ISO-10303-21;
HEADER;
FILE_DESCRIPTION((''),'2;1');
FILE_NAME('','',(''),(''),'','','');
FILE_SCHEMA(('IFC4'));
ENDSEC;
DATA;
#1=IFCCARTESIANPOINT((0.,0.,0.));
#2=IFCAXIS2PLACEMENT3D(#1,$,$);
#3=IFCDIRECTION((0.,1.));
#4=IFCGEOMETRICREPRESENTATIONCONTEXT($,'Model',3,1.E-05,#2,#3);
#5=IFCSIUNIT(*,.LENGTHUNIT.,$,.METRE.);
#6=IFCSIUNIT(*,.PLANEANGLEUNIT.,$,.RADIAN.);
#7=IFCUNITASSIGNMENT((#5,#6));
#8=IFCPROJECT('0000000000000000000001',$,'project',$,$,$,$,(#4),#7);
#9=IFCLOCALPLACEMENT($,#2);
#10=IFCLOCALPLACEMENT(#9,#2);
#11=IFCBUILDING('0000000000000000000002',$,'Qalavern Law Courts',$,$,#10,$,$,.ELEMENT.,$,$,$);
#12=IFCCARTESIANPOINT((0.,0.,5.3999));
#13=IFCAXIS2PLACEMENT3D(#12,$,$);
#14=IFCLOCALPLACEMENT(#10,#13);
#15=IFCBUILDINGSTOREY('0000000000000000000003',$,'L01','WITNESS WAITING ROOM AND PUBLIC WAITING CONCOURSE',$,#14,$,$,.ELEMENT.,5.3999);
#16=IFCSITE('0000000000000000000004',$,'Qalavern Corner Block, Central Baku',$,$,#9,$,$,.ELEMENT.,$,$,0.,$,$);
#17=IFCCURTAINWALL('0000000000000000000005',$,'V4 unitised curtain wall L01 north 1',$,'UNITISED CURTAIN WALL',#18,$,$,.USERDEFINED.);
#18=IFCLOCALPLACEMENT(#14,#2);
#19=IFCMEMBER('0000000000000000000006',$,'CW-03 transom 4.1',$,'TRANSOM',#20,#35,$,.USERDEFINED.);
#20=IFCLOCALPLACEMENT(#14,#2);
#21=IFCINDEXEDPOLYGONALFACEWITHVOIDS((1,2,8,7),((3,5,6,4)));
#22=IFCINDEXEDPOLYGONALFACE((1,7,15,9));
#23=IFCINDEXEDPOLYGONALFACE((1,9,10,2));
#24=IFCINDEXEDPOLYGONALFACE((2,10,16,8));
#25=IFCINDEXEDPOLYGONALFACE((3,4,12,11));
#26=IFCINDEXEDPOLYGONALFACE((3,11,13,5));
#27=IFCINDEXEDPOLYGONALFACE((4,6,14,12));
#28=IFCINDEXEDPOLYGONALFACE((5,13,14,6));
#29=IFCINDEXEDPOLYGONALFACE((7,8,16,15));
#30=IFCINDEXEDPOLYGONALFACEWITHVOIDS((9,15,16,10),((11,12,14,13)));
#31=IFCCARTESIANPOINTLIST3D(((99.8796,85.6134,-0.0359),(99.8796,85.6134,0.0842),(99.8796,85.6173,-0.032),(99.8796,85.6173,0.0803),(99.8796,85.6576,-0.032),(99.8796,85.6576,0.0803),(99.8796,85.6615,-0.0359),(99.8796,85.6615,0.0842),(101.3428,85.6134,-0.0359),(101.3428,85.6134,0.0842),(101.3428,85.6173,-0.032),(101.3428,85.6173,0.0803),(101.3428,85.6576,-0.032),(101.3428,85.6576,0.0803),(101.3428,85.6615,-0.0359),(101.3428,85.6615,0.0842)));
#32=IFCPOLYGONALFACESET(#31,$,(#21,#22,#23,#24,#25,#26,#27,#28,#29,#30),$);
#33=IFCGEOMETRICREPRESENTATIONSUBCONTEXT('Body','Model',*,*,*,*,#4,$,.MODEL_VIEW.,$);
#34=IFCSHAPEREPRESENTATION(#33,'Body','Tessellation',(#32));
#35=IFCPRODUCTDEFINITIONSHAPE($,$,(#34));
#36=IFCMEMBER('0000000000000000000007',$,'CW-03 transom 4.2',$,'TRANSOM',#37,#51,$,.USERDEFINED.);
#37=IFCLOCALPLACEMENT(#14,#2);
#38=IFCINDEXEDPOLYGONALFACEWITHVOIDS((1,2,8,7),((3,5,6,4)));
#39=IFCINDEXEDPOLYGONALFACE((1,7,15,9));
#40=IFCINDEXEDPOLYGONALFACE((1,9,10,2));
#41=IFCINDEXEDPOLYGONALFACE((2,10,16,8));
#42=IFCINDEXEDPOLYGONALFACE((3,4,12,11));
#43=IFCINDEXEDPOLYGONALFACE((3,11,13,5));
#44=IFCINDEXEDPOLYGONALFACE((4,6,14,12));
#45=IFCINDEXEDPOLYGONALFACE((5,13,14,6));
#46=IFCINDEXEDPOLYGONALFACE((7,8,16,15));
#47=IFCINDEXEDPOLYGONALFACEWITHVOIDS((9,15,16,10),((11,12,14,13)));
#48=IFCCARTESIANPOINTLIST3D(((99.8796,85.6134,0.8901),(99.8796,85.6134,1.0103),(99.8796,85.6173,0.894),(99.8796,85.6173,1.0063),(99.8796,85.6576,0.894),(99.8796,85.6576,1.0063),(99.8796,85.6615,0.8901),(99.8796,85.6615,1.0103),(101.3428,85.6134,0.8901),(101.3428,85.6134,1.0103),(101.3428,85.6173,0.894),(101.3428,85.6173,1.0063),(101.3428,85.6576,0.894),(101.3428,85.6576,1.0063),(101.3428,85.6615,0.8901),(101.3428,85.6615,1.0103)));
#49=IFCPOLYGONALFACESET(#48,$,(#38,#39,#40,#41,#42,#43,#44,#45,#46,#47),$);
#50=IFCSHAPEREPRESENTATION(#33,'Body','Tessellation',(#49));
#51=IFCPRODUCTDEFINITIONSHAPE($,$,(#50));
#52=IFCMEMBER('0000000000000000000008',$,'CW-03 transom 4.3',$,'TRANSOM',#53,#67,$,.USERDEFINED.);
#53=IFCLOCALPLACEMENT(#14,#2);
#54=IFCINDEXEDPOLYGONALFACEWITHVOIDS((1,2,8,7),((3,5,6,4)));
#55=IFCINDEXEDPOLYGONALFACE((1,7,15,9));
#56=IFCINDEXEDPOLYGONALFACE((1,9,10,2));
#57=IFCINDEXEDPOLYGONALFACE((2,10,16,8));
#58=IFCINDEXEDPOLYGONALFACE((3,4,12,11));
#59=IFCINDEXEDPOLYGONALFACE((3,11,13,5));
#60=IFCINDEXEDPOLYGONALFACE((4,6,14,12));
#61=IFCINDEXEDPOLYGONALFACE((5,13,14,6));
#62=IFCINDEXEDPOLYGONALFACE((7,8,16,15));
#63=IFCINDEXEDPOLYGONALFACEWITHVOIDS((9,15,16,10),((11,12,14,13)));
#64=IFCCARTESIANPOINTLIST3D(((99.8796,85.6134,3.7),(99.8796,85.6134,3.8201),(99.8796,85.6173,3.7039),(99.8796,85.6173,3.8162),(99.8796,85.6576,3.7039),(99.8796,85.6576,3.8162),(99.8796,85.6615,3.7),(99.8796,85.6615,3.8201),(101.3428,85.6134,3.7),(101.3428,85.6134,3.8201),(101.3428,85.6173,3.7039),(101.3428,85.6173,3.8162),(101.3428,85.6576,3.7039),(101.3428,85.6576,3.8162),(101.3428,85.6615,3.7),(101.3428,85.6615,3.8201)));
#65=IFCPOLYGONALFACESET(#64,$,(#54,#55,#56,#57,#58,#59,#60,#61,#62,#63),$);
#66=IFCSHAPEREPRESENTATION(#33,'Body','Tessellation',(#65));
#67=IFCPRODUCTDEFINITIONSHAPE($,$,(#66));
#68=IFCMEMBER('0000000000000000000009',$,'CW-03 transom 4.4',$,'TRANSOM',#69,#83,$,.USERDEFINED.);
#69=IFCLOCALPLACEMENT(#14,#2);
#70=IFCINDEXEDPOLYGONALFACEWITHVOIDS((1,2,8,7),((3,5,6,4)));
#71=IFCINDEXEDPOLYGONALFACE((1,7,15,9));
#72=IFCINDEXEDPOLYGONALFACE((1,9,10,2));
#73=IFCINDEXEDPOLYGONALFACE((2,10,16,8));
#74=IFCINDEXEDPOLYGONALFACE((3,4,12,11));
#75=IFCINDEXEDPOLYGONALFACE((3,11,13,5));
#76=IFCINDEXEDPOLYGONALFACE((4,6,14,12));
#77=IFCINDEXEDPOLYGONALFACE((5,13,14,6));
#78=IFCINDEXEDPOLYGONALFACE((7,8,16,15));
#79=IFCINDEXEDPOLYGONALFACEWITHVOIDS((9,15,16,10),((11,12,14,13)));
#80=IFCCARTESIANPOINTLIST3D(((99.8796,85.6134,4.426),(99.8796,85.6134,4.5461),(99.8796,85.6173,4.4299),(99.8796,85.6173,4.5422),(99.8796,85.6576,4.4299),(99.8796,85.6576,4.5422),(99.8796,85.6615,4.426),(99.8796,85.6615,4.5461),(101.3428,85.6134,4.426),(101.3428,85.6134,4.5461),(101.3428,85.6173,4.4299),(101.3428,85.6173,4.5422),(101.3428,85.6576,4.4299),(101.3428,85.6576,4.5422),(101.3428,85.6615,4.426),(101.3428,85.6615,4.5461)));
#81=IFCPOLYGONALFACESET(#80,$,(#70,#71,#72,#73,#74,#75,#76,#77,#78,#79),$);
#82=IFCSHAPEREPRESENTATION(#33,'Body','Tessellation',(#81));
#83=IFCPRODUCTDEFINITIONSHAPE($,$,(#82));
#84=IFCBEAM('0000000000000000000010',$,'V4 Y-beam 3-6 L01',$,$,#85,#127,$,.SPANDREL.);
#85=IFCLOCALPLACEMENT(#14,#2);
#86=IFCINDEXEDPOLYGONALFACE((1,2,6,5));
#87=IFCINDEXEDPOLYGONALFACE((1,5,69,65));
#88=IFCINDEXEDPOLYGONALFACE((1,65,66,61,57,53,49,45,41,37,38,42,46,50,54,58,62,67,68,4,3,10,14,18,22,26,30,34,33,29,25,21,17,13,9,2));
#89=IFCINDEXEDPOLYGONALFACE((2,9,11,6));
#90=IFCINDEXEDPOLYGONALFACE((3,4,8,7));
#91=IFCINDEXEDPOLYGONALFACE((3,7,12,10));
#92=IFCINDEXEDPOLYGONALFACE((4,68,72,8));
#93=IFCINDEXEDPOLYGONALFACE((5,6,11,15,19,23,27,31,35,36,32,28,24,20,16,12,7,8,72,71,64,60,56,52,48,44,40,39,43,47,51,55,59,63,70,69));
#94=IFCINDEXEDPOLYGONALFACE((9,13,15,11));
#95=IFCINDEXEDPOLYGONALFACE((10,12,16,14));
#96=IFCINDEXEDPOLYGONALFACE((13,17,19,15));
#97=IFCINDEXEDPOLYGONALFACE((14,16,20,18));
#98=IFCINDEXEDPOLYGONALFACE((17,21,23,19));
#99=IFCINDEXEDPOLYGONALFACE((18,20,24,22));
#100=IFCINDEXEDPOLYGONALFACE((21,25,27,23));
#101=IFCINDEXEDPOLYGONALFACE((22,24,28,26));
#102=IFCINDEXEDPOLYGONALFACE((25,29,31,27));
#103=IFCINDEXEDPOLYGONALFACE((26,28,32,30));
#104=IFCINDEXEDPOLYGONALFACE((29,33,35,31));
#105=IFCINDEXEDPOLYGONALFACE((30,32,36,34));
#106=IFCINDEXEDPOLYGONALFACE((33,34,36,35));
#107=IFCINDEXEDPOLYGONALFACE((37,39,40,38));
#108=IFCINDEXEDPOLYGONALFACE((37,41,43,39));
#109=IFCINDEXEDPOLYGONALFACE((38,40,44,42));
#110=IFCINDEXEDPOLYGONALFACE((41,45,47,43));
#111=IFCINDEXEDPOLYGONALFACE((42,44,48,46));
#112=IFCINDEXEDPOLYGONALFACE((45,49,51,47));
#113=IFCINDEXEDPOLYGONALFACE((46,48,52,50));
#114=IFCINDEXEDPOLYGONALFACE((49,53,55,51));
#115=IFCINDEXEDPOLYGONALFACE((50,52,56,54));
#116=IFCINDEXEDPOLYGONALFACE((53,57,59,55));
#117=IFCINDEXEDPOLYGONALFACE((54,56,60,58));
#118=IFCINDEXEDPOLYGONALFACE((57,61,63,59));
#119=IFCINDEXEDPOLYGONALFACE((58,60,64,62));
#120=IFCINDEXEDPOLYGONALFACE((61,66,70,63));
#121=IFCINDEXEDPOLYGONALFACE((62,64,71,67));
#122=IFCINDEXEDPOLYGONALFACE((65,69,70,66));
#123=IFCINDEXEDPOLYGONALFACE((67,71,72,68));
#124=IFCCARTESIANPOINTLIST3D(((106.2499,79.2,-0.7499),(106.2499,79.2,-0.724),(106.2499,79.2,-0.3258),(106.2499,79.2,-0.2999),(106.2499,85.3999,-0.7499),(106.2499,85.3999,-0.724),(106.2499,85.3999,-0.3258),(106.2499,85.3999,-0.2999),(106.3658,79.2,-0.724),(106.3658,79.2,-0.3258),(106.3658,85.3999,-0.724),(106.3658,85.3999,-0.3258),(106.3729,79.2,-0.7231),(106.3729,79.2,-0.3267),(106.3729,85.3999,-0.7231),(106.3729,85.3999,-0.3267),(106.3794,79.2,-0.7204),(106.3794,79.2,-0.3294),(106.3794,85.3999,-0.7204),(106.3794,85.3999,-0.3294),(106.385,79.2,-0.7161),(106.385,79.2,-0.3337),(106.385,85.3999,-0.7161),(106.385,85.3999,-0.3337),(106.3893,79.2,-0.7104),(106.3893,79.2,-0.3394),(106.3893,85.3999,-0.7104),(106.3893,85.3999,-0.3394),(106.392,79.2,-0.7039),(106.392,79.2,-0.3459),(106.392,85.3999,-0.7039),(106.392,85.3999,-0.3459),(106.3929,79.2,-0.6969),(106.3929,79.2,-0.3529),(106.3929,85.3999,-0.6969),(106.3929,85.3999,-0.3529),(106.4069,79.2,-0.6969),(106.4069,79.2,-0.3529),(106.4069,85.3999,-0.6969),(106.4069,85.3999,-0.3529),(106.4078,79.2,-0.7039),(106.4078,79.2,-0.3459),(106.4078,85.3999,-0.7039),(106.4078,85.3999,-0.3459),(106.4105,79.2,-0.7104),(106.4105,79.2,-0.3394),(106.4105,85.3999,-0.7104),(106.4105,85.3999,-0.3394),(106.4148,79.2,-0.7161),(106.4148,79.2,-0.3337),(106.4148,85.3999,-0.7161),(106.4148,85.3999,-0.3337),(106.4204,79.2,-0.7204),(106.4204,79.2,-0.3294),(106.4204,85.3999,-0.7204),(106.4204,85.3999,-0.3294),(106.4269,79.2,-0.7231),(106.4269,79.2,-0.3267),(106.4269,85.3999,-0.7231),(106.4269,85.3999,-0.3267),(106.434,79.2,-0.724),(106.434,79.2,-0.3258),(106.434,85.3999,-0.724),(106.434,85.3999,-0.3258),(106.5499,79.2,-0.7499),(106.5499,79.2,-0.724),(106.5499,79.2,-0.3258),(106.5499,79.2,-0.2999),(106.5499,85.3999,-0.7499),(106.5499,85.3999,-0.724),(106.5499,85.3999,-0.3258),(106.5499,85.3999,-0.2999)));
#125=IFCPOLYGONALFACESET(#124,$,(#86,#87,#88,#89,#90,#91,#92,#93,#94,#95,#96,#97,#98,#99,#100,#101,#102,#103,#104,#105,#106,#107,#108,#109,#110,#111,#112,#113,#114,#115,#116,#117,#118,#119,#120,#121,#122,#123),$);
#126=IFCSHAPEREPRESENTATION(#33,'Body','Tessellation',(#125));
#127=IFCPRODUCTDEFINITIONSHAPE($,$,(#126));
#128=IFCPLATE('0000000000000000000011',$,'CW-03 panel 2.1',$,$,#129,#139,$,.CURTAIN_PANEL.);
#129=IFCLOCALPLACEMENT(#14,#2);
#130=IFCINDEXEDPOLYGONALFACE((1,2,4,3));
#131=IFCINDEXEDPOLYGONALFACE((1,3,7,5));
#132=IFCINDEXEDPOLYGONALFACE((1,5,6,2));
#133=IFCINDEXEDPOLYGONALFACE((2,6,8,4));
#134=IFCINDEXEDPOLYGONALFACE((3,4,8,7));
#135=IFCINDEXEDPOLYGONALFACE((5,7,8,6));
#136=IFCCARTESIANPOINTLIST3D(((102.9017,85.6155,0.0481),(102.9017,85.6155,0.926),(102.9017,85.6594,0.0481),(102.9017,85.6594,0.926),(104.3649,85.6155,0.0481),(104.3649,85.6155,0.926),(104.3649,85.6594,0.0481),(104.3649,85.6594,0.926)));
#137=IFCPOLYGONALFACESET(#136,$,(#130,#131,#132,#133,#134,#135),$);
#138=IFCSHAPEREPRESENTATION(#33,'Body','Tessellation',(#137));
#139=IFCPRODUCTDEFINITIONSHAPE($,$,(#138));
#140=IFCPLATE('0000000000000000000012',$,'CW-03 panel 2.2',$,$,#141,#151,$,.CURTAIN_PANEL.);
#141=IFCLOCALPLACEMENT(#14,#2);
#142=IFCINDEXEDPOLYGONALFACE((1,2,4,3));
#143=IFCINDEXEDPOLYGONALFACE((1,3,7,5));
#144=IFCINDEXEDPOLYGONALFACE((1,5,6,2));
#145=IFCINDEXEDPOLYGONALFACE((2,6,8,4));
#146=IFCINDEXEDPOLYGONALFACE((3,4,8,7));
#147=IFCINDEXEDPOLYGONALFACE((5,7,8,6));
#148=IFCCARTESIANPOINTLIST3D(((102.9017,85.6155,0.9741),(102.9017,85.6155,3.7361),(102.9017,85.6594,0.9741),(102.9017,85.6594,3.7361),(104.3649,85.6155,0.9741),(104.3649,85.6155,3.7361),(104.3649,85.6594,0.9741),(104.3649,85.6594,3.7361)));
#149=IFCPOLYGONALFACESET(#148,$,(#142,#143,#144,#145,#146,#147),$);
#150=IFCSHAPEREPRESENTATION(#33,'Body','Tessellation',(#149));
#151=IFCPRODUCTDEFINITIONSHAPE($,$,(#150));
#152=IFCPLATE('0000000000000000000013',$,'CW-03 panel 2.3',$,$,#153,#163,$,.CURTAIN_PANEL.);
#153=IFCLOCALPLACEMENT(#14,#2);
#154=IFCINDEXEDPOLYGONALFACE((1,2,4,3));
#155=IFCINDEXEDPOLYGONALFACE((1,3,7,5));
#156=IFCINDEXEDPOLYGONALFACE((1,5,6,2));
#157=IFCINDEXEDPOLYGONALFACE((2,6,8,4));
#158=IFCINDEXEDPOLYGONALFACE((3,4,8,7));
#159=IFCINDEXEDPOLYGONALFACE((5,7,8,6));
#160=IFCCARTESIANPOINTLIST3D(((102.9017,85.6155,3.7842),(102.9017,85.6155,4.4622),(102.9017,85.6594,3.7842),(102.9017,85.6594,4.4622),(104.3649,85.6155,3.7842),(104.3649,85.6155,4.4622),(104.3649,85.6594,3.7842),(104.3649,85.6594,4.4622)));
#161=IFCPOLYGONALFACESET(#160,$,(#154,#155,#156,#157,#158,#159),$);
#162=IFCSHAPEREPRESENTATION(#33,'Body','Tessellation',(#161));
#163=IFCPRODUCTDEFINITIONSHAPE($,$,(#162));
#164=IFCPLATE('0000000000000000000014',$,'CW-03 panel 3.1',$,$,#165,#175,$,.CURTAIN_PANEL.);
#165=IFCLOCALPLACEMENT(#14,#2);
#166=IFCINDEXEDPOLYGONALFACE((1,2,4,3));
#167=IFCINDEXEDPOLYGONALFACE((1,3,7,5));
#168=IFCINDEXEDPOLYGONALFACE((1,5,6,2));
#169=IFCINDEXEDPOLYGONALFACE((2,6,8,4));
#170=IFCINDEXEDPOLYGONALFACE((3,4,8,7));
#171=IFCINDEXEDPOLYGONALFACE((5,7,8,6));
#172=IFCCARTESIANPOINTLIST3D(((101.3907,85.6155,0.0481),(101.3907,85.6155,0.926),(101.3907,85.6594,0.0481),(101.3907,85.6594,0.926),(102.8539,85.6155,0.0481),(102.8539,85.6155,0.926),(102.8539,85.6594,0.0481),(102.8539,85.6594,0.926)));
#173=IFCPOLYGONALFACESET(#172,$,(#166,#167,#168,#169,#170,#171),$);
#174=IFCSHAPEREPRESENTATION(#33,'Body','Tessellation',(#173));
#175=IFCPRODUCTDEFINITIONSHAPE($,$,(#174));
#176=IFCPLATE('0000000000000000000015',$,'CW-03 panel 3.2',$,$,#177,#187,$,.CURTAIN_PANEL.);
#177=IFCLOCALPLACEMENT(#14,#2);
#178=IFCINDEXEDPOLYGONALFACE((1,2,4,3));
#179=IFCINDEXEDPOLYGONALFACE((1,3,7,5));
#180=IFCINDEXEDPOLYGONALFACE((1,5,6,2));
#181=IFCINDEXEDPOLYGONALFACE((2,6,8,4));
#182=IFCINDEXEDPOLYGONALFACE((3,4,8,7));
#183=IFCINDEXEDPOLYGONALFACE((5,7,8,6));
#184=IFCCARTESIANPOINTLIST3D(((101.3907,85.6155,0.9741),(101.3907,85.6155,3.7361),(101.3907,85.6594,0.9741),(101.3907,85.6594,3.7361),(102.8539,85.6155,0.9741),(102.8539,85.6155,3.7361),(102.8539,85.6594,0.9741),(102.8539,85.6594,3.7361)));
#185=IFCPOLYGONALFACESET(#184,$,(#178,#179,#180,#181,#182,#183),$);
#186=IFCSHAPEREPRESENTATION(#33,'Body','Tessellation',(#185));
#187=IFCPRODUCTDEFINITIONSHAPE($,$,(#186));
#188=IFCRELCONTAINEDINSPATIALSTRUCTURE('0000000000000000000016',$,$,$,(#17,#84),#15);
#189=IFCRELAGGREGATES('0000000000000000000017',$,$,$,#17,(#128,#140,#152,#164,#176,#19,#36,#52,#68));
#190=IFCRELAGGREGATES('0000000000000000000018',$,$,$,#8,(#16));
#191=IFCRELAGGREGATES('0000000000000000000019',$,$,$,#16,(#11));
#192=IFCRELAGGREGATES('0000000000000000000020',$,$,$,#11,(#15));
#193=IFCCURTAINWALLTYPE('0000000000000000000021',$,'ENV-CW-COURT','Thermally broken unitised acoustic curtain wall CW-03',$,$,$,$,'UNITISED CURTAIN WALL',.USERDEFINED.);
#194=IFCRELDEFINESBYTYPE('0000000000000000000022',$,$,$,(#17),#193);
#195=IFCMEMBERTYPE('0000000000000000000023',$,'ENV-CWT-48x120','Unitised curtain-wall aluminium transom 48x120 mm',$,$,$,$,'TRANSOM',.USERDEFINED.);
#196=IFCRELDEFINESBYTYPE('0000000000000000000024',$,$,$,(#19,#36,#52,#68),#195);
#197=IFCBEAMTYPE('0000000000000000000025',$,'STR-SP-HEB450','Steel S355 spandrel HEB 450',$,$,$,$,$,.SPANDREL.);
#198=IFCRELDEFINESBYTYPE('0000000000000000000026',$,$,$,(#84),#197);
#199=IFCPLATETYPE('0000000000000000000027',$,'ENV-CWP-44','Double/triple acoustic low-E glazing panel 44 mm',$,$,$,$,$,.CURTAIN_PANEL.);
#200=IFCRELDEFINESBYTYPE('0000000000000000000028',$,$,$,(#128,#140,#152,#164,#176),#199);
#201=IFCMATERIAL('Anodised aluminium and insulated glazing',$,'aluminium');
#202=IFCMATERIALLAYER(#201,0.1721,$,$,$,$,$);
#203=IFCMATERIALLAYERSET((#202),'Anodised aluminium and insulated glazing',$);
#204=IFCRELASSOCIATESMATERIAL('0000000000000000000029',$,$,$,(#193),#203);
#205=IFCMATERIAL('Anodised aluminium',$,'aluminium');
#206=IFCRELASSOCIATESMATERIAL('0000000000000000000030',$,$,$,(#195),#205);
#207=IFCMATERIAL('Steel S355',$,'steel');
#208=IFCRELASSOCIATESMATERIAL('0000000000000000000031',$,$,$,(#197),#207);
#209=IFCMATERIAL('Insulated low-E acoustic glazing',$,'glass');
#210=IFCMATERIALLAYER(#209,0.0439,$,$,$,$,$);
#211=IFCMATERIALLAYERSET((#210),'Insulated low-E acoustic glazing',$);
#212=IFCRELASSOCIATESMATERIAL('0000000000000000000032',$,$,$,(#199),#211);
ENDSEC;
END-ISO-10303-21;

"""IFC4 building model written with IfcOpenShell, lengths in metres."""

from ifc_helpers import new_model, si_unit, direction, frame, origin, origin_2d, place, context, subcontext, project, spatial, rectangle, hollow_rectangle, i_section, extrude, material, layer, layer_set, material_profile, profile_set, type_object, element, aggregate, save


model = new_model("IFC4")

# Units and contexts
model_context = context("Model", 3, precision=1e-05, world=origin(), true_north=direction((0.0, 1.0)))
body_context = subcontext(model_context, "Body", "Model", "MODEL_VIEW")
ifc_project = project(units=[si_unit("LENGTHUNIT", "METRE"), si_unit("PLANEANGLEUNIT", "RADIAN")], contexts=[model_context])

# Site, building, storey
site_placement = place(None, origin())
site = spatial("IfcSite", under=ifc_project, at=site_placement, Name="Qalavern Corner Block, Central Baku", CompositionType="ELEMENT", RefElevation=0.0)
building_placement = place(site_placement, origin())
building = spatial("IfcBuilding", under=site, at=building_placement, Name="Qalavern Law Courts", CompositionType="ELEMENT")
storey_placement = place(building_placement, frame((0.0, 0.0, 5.3999)))
storey = spatial("IfcBuildingStorey", under=building, at=storey_placement, Name="L01", Description="WITNESS WAITING ROOM AND PUBLIC WAITING CONCOURSE", CompositionType="ELEMENT", Elevation=5.3999)

# Curtain wall, members
ifc_material_1 = material(Name="Anodised aluminium and insulated glazing", Category="aluminium")
ifc_layer_1 = layer(ifc_material_1, 0.1721)
ifc_layer_set_1 = layer_set([ifc_layer_1], Name="Anodised aluminium and insulated glazing")
curtain_wall_type = type_object("IfcCurtainWallType", Name="ENV-CW-COURT", Description="Thermally broken unitised acoustic curtain wall CW-03", ElementType="UNITISED CURTAIN WALL", PredefinedType="USERDEFINED", material=ifc_layer_set_1)
curtain_wall_placement = place(storey_placement, origin())
curtain_wall = element("IfcCurtainWall", 1, at=curtain_wall_placement, inside=storey, type_object=curtain_wall_type, Name="V4 unitised curtain wall L01 north 1", ObjectType="UNITISED CURTAIN WALL", PredefinedType="USERDEFINED")
ifc_material_2 = material(Name="Anodised aluminium", Category="aluminium")
ifc_material_profile_1 = material_profile(ifc_material_2, hollow_rectangle(XDim=0.0481, YDim=0.1201, WallThickness=0.0039, at=origin_2d()), Name="ALU TRANSOM 48x120")
ifc_profile_set_1 = profile_set([ifc_material_profile_1], Name="Anodised aluminium")
member_type_1 = type_object("IfcMemberType", Name="ENV-CWT-48x120", Description="Unitised curtain-wall aluminium transom 48x120 mm", ElementType="TRANSOM", PredefinedType="USERDEFINED", material=ifc_profile_set_1)
member_1_placement = place(storey_placement, frame((101.3428, 85.6375, 0.0242), z_axis=(-1.0, 0.0, 0.0), x_axis=(0.0, -1.0, 0.0)))
member_1 = element("IfcMember", 2, at=member_1_placement, type_object=member_type_1, Name="CW-03 transom 4.1", ObjectType="TRANSOM", PredefinedType="USERDEFINED", context=body_context, shape_type="SweptSolid", body=[
    extrude(hollow_rectangle(XDim=0.0481, YDim=0.1201, WallThickness=0.0039, at=origin_2d()), origin(), (0.0, 0.0, 1.0), 1.4631),
])
member_2_placement = place(storey_placement, frame((101.3428, 85.6375, 0.9502), z_axis=(-1.0, 0.0, 0.0), x_axis=(0.0, -1.0, 0.0)))
member_2 = element("IfcMember", 3, at=member_2_placement, type_object=member_type_1, Name="CW-03 transom 4.2", ObjectType="TRANSOM", PredefinedType="USERDEFINED", context=body_context, shape_type="SweptSolid", body=[
    extrude(hollow_rectangle(XDim=0.0481, YDim=0.1201, WallThickness=0.0039, at=origin_2d()), origin(), (0.0, 0.0, 1.0), 1.4631),
])
member_3_placement = place(storey_placement, frame((101.3428, 85.6375, 3.76), z_axis=(-1.0, 0.0, 0.0), x_axis=(0.0, -1.0, 0.0)))
member_3 = element("IfcMember", 4, at=member_3_placement, type_object=member_type_1, Name="CW-03 transom 4.3", ObjectType="TRANSOM", PredefinedType="USERDEFINED", context=body_context, shape_type="SweptSolid", body=[
    extrude(hollow_rectangle(XDim=0.0481, YDim=0.1201, WallThickness=0.0039, at=origin_2d()), origin(), (0.0, 0.0, 1.0), 1.4631),
])
member_4_placement = place(storey_placement, frame((101.3428, 85.6375, 4.4861), z_axis=(-1.0, 0.0, 0.0), x_axis=(0.0, -1.0, 0.0)))
member_4 = element("IfcMember", 5, at=member_4_placement, type_object=member_type_1, Name="CW-03 transom 4.4", ObjectType="TRANSOM", PredefinedType="USERDEFINED", context=body_context, shape_type="SweptSolid", body=[
    extrude(hollow_rectangle(XDim=0.0481, YDim=0.1201, WallThickness=0.0039, at=origin_2d()), origin(), (0.0, 0.0, 1.0), 1.4631),
])

# Beam
ifc_material_3 = material(Name="Steel S355", Category="steel")
ifc_material_profile_2 = material_profile(ifc_material_3, i_section(OverallWidth=0.3, OverallDepth=0.45, WebThickness=0.0139, FlangeThickness=0.0259, FilletRadius=0.0271, at=origin_2d()), Name="HEB 450")
ifc_profile_set_2 = profile_set([ifc_material_profile_2], Name="Steel S355")
beam_type = type_object("IfcBeamType", Name="STR-SP-HEB450", Description="Steel S355 spandrel HEB 450", PredefinedType="SPANDREL", material=ifc_profile_set_2)
beam_placement = place(storey_placement, frame((106.3999, 79.2, -0.5249), z_axis=(0.0, 1.0, 0.0), x_axis=(-1.0, 0.0, 0.0)))
element("IfcBeam", 6, at=beam_placement, inside=storey, type_object=beam_type, Name="V4 Y-beam 3-6 L01", PredefinedType="SPANDREL", context=body_context, shape_type="SweptSolid", body=[
    extrude(i_section(OverallWidth=0.3, OverallDepth=0.45, WebThickness=0.0139, FlangeThickness=0.0259, FilletRadius=0.0271, at=origin_2d()), origin(), (0.0, 0.0, 1.0), 6.2),
])

# Plates
ifc_material_4 = material(Name="Insulated low-E acoustic glazing", Category="glass")
ifc_layer_2 = layer(ifc_material_4, 0.0439)
ifc_layer_set_2 = layer_set([ifc_layer_2], Name="Insulated low-E acoustic glazing")
plate_type = type_object("IfcPlateType", Name="ENV-CWP-44", Description="Double/triple acoustic low-E glazing panel 44 mm", PredefinedType="CURTAIN_PANEL", material=ifc_layer_set_2)
plate_1_placement = place(storey_placement, frame((103.6333, 85.6375, 0.0481), z_axis=(0.0, 0.0, 1.0), x_axis=(-1.0, 0.0, 0.0)))
plate_1 = element("IfcPlate", 7, at=plate_1_placement, type_object=plate_type, Name="CW-03 panel 2.1", PredefinedType="CURTAIN_PANEL", context=body_context, shape_type="SweptSolid", body=[
    extrude(rectangle(XDim=1.4631, YDim=0.0439, at=origin_2d()), origin(), (0.0, 0.0, 1.0), 0.8779),
])
plate_2_placement = place(storey_placement, frame((103.6333, 85.6375, 0.9741), z_axis=(0.0, 0.0, 1.0), x_axis=(-1.0, 0.0, 0.0)))
plate_2 = element("IfcPlate", 8, at=plate_2_placement, type_object=plate_type, Name="CW-03 panel 2.2", PredefinedType="CURTAIN_PANEL", context=body_context, shape_type="SweptSolid", body=[
    extrude(rectangle(XDim=1.4631, YDim=0.0439, at=origin_2d()), origin(), (0.0, 0.0, 1.0), 2.762),
])
plate_3_placement = place(storey_placement, frame((103.6333, 85.6375, 3.7842), z_axis=(0.0, 0.0, 1.0), x_axis=(-1.0, 0.0, 0.0)))
plate_3 = element("IfcPlate", 9, at=plate_3_placement, type_object=plate_type, Name="CW-03 panel 2.3", PredefinedType="CURTAIN_PANEL", context=body_context, shape_type="SweptSolid", body=[
    extrude(rectangle(XDim=1.4631, YDim=0.0439, at=origin_2d()), origin(), (0.0, 0.0, 1.0), 0.678),
])
plate_4_placement = place(storey_placement, frame((102.1223, 85.6375, 0.0481), z_axis=(0.0, 0.0, 1.0), x_axis=(-1.0, 0.0, 0.0)))
plate_4 = element("IfcPlate", 10, at=plate_4_placement, type_object=plate_type, Name="CW-03 panel 3.1", PredefinedType="CURTAIN_PANEL", context=body_context, shape_type="SweptSolid", body=[
    extrude(rectangle(XDim=1.4631, YDim=0.0439, at=origin_2d()), origin(), (0.0, 0.0, 1.0), 0.8779),
])
plate_5_placement = place(storey_placement, frame((102.1223, 85.6375, 0.9741), z_axis=(0.0, 0.0, 1.0), x_axis=(-1.0, 0.0, 0.0)))
plate_5 = element("IfcPlate", 11, at=plate_5_placement, type_object=plate_type, Name="CW-03 panel 3.2", PredefinedType="CURTAIN_PANEL", context=body_context, shape_type="SweptSolid", body=[
    extrude(rectangle(XDim=1.4631, YDim=0.0439, at=origin_2d()), origin(), (0.0, 0.0, 1.0), 2.762),
])
aggregate(curtain_wall, [plate_1, plate_2, plate_3, plate_4, plate_5, member_1, member_2, member_3, member_4])

save(model, "model.ifc")
